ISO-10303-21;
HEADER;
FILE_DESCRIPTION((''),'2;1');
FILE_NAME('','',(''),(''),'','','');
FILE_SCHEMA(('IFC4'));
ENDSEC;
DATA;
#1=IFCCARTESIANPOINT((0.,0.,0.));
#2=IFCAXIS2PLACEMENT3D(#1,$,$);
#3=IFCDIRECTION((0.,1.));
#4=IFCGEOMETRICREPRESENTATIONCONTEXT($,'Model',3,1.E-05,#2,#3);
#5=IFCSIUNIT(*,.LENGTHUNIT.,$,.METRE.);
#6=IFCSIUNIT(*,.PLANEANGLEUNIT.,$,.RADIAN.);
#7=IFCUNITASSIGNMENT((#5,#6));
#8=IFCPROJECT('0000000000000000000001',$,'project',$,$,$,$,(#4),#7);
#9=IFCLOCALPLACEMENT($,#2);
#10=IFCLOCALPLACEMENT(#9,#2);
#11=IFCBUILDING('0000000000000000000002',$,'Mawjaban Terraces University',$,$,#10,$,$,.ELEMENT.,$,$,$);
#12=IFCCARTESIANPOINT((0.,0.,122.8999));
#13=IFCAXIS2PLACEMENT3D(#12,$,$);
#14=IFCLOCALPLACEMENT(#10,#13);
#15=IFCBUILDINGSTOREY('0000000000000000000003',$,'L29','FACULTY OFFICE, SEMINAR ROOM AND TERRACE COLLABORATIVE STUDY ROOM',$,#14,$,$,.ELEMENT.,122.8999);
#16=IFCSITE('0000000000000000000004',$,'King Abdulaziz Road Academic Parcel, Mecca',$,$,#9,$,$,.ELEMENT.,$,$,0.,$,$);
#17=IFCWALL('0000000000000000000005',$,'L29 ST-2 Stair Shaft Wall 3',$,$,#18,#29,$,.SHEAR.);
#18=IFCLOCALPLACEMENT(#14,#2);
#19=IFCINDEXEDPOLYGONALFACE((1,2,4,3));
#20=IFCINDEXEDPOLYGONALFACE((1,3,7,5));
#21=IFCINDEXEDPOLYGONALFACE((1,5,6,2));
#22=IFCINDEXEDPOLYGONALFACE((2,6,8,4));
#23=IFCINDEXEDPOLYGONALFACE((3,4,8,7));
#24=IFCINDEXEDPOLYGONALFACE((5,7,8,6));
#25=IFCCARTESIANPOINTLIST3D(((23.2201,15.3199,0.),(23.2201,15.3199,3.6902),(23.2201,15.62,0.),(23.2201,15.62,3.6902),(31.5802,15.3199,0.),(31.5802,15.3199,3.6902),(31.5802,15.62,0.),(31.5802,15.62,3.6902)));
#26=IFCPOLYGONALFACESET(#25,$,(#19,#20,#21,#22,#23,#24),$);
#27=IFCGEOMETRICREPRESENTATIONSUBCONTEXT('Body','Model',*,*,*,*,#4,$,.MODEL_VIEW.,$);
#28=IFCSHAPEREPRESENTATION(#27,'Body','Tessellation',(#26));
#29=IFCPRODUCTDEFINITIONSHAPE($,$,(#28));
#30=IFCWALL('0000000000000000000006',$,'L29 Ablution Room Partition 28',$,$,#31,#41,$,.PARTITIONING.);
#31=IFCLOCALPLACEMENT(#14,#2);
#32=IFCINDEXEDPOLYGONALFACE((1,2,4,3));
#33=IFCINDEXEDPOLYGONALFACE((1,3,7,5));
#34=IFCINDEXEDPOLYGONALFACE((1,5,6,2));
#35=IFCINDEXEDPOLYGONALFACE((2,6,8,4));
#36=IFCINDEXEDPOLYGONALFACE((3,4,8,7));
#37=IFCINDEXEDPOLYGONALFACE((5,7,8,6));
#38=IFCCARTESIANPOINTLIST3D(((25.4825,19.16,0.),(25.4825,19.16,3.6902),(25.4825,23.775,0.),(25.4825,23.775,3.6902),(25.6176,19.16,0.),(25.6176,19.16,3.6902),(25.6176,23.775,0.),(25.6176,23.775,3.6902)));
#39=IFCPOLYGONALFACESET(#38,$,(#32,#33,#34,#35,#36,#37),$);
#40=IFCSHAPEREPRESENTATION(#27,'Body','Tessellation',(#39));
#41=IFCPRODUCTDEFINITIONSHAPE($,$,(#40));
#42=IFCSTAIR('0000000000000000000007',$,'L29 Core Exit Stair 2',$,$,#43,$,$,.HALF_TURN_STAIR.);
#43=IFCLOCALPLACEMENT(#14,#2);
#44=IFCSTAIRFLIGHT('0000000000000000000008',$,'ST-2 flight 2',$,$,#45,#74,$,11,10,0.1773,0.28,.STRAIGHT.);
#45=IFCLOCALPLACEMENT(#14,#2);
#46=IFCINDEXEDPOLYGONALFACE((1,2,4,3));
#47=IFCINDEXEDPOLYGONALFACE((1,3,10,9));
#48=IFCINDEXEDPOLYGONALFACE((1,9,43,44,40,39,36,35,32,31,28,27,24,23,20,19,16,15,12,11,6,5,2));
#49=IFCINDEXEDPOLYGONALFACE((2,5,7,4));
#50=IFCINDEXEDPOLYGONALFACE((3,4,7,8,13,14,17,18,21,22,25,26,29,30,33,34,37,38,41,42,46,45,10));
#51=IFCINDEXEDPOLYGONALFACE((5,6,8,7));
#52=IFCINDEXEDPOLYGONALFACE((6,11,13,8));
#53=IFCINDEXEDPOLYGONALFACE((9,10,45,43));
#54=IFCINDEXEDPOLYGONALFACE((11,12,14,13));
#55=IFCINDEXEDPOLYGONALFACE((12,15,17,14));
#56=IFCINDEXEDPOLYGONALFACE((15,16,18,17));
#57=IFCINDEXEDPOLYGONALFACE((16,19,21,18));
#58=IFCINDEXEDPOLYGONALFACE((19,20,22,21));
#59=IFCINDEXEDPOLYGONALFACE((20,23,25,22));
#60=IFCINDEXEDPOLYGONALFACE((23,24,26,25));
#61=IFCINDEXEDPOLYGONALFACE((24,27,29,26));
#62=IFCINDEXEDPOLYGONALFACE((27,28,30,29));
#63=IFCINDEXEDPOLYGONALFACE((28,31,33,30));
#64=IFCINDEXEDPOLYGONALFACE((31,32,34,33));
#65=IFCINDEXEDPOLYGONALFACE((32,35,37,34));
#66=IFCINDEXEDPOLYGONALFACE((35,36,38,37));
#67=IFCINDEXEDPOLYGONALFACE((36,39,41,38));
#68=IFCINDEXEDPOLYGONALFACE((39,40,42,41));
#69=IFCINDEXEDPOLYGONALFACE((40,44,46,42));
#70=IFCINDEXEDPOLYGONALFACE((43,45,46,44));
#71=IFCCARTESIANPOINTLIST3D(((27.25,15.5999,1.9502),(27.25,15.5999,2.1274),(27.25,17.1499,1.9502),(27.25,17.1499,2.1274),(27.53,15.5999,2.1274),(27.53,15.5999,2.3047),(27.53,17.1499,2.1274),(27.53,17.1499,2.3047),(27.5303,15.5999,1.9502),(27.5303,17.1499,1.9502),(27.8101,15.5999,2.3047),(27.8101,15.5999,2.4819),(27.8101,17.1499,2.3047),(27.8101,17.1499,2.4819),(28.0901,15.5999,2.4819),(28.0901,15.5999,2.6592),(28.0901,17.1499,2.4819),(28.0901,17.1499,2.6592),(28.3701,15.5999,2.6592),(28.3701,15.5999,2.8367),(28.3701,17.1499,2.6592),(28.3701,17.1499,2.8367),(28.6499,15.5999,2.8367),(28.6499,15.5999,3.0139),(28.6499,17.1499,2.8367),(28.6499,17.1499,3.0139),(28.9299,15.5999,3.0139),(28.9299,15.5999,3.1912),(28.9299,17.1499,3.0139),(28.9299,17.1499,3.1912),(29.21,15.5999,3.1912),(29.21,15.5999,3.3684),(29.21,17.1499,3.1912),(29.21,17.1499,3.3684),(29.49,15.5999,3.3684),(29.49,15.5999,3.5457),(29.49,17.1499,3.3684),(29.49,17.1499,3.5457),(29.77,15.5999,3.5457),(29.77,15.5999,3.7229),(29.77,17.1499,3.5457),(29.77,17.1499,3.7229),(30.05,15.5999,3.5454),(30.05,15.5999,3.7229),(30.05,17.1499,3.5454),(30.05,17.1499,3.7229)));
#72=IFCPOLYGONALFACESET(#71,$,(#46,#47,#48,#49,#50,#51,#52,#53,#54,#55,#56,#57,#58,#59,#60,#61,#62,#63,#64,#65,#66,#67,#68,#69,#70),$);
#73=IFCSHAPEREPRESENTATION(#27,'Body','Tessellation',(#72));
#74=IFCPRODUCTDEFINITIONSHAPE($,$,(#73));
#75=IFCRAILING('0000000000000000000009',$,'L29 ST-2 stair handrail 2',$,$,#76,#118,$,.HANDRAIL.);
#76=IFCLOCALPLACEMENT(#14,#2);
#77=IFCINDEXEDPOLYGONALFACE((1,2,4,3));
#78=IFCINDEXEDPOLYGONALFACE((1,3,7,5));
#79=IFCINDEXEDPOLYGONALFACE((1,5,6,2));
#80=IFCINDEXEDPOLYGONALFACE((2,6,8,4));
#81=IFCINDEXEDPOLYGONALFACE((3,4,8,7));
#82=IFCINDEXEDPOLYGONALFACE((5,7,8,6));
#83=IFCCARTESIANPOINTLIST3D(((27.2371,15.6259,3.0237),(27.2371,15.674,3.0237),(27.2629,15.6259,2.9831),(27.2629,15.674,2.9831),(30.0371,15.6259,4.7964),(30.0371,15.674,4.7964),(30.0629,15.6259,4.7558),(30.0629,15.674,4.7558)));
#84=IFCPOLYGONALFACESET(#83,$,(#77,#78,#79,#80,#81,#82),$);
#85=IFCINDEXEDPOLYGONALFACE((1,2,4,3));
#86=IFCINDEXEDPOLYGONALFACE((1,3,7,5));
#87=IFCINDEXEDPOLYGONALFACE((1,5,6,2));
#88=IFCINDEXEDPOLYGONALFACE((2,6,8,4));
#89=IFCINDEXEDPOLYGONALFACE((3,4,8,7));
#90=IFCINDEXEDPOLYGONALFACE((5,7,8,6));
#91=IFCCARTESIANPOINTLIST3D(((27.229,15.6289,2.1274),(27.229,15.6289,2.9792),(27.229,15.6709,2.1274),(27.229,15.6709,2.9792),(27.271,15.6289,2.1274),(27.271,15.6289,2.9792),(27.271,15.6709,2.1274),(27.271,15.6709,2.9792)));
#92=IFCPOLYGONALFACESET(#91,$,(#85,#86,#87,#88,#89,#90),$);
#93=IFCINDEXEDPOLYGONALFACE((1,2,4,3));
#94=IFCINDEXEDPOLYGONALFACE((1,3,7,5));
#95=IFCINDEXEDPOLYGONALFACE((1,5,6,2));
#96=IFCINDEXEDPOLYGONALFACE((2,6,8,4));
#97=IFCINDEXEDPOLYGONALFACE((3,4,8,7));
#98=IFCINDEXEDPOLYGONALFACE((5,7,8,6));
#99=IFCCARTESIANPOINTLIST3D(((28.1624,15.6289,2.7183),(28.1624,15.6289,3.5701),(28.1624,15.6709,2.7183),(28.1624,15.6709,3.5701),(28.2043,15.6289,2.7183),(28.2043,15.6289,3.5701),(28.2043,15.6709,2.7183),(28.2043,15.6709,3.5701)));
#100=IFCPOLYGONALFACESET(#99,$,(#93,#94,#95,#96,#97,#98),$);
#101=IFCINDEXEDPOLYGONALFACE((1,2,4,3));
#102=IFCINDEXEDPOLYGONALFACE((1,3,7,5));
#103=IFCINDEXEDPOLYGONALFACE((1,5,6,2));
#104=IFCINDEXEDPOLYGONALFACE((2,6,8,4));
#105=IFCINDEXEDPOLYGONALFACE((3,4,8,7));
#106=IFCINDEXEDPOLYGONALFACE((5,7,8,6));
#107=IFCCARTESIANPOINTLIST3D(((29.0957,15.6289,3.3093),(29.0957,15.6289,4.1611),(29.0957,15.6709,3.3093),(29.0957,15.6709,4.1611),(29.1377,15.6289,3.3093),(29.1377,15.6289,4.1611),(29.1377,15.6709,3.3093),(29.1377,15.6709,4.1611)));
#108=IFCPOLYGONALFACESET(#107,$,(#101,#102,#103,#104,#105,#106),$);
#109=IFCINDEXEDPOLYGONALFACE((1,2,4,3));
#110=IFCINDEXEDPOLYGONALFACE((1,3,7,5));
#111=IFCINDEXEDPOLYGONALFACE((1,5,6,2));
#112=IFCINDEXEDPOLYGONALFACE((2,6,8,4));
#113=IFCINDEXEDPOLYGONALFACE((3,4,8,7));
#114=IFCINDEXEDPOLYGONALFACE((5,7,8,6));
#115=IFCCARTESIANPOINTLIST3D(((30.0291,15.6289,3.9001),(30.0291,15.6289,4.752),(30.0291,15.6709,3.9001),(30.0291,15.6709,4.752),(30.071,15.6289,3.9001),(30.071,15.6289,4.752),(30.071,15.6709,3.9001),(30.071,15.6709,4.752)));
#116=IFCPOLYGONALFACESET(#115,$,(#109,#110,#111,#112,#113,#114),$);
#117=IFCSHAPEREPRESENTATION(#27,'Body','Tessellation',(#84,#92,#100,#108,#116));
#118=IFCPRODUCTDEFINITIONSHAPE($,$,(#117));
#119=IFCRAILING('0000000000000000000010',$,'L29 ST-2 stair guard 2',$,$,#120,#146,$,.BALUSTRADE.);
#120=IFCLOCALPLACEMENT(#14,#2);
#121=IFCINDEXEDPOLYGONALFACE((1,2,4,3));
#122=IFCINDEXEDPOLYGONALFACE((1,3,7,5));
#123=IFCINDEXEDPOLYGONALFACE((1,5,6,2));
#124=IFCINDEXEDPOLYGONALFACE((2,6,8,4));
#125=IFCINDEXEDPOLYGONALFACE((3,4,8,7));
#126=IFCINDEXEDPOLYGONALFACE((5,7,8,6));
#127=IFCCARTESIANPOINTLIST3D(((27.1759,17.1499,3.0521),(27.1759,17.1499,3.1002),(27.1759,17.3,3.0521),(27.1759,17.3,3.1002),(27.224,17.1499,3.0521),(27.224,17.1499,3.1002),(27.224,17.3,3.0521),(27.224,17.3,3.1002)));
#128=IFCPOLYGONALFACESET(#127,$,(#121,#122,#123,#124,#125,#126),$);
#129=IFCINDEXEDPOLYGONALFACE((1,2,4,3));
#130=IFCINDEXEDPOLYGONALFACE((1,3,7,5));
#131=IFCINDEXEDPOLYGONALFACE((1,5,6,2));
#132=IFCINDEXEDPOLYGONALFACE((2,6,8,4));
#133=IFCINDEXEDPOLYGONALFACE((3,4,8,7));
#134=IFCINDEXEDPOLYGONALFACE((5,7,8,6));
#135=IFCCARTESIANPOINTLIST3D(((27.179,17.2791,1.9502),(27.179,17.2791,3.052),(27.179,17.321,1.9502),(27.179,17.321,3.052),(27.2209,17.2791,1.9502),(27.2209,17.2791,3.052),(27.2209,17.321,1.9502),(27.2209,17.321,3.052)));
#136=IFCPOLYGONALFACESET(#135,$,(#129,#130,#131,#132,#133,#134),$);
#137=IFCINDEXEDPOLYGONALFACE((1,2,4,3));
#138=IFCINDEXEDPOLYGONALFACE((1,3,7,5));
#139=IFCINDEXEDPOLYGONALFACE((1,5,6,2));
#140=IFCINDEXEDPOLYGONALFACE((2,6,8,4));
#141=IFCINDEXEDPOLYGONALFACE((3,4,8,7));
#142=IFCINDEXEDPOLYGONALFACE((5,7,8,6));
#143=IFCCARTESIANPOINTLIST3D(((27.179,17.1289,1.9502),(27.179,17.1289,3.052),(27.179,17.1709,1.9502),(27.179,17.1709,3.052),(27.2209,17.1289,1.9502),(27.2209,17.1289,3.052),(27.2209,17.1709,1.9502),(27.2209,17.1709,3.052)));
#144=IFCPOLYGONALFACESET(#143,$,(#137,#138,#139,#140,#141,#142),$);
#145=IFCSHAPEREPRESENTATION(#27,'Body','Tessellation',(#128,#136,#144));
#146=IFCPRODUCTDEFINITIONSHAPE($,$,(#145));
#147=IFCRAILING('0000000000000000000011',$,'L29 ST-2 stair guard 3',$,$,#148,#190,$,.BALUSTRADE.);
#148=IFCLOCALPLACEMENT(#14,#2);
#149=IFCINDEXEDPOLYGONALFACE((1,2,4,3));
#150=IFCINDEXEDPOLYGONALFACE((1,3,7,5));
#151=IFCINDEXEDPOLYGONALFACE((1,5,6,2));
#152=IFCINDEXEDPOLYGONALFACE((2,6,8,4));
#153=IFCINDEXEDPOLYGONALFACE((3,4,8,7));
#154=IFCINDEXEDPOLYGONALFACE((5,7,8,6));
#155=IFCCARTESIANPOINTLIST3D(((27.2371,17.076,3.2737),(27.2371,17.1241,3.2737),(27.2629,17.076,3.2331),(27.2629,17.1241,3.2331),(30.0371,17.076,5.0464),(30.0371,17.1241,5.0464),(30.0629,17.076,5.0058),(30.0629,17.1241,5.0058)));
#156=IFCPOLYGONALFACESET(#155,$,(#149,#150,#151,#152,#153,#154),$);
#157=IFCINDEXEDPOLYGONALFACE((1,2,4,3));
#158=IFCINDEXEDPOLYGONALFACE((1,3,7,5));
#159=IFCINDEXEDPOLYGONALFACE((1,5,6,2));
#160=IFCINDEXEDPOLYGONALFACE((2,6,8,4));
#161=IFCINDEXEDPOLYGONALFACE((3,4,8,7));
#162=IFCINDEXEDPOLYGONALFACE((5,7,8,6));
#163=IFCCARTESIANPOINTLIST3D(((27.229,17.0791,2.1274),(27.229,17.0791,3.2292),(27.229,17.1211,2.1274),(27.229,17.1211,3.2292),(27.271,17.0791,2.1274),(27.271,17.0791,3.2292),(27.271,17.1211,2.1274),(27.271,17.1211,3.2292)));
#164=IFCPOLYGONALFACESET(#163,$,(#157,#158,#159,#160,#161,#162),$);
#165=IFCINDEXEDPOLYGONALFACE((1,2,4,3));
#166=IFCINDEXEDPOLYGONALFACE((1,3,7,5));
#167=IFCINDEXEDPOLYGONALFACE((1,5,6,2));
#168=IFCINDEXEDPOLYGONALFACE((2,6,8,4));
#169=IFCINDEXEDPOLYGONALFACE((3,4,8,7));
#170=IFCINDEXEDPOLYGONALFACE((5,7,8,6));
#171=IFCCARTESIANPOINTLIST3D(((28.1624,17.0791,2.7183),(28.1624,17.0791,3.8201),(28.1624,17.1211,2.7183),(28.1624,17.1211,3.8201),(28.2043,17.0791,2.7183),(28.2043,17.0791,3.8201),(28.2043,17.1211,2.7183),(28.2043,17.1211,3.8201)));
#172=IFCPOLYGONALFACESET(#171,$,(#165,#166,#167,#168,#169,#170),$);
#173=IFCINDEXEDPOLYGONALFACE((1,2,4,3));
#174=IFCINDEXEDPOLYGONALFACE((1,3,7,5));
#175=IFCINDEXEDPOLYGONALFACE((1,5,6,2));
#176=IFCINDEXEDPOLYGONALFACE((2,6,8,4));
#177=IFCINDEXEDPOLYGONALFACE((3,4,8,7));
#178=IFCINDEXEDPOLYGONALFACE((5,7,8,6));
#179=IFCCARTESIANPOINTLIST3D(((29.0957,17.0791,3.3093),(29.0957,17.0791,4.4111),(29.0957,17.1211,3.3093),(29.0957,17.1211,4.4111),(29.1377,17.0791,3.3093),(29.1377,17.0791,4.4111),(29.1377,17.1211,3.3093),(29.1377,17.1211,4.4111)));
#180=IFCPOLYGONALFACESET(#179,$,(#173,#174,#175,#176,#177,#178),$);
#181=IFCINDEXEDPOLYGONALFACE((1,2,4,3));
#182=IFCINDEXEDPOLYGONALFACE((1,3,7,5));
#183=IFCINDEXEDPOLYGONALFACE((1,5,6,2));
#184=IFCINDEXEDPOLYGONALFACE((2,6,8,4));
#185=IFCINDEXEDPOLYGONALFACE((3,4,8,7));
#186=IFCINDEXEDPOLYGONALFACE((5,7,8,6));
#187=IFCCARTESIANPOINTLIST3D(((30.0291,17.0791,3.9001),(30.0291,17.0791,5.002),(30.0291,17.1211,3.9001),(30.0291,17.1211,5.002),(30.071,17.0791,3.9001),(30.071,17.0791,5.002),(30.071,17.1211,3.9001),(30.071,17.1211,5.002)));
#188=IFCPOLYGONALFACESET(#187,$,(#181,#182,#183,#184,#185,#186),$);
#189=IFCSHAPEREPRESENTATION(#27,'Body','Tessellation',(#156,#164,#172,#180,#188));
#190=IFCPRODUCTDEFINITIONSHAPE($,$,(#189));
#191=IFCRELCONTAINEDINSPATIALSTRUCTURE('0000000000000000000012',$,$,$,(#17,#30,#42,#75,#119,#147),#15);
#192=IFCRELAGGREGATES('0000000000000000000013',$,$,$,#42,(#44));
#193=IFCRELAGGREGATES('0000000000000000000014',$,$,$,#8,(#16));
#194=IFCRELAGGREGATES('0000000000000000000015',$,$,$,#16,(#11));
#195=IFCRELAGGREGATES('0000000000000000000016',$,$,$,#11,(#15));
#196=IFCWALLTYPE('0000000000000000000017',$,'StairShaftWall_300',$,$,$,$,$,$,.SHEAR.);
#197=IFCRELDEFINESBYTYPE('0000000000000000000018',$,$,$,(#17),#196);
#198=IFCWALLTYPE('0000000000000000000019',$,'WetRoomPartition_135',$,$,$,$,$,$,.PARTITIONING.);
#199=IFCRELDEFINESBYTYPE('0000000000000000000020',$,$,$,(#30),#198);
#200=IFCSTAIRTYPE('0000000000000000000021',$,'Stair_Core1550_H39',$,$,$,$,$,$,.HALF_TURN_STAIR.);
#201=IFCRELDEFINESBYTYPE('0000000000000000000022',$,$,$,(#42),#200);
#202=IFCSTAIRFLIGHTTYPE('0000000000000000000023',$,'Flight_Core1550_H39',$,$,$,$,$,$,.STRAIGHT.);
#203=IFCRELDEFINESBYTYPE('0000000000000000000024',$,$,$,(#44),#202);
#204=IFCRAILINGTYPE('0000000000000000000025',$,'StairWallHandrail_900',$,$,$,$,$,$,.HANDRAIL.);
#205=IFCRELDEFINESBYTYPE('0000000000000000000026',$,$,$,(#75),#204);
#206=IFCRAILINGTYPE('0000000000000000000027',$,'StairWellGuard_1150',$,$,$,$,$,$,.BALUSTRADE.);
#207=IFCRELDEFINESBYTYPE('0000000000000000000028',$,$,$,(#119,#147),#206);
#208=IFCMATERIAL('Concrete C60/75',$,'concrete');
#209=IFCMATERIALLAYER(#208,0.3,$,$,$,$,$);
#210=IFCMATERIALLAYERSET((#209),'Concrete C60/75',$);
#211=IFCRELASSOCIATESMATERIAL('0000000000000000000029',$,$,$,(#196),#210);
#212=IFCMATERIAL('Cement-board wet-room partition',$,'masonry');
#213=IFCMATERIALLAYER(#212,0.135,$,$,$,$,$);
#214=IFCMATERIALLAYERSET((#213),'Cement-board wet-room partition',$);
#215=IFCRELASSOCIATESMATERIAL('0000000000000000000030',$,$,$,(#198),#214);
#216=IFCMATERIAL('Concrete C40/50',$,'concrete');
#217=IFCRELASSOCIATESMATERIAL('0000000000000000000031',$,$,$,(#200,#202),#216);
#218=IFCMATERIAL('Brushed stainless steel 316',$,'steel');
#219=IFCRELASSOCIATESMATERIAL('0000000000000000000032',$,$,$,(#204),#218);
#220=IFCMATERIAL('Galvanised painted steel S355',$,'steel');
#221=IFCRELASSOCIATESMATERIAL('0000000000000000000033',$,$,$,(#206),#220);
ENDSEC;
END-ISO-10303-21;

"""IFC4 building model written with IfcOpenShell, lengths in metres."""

from ifc_helpers import new_model, si_unit, direction, frame, frame_2d, origin, origin_2d, place, context, subcontext, project, spatial, polyline, rectangle, outline, extrude, material, layer, layer_set, type_object, element, aggregate, save


model = new_model("IFC4")

# Units and contexts
model_context = context("Model", 3, precision=1e-05, world=origin(), true_north=direction((0.0, 1.0)))
body_context = subcontext(model_context, "Body", "Model", "MODEL_VIEW")
ifc_project = project(units=[si_unit("LENGTHUNIT", "METRE"), si_unit("PLANEANGLEUNIT", "RADIAN")], contexts=[model_context])

# Site, building, storey
site_placement = place(None, origin())
site = spatial("IfcSite", under=ifc_project, at=site_placement, Name="King Abdulaziz Road Academic Parcel, Mecca", CompositionType="ELEMENT", RefElevation=0.0)
building_placement = place(site_placement, origin())
building = spatial("IfcBuilding", under=site, at=building_placement, Name="Mawjaban Terraces University", CompositionType="ELEMENT")
storey_placement = place(building_placement, frame((0.0, 0.0, 122.8999)))
storey = spatial("IfcBuildingStorey", under=building, at=storey_placement, Name="L29", Description="FACULTY OFFICE, SEMINAR ROOM AND TERRACE COLLABORATIVE STUDY ROOM", CompositionType="ELEMENT", Elevation=122.8999)

# Shared definitions
ifc_material_1 = material(Name="Concrete C60/75", Category="concrete")

# Shared definitions
ifc_material_2 = material(Name="Concrete C40/50", Category="concrete")

# Walls
ifc_layer_1 = layer(ifc_material_1, 0.3)
ifc_layer_set_1 = layer_set([ifc_layer_1], Name="Concrete C60/75")
wall_type_1 = type_object("IfcWallType", Name="StairShaftWall_300", PredefinedType="SHEAR", material=ifc_layer_set_1)
wall_1_placement = place(storey_placement, frame((23.22, 15.47, 0.0), z_axis=(0.0, 0.0, 1.0), x_axis=(1.0, 0.0, 0.0)))
element("IfcWall", 1, at=wall_1_placement, inside=storey, type_object=wall_type_1, Name="L29 ST-2 Stair Shaft Wall 3", PredefinedType="SHEAR", context=body_context, shape_type="SweptSolid", body=[
    extrude(rectangle(XDim=8.3601, YDim=0.3, at=frame_2d((4.1802, 0.0))), origin(), (0.0, 0.0, 1.0), 3.6902),
])
ifc_material_3 = material(Name="Cement-board wet-room partition", Category="masonry")
ifc_layer_2 = layer(ifc_material_3, 0.135)
ifc_layer_set_2 = layer_set([ifc_layer_2], Name="Cement-board wet-room partition")
wall_type_2 = type_object("IfcWallType", Name="WetRoomPartition_135", PredefinedType="PARTITIONING", material=ifc_layer_set_2)
wall_2_placement = place(storey_placement, frame((25.55, 19.1599, 0.0), z_axis=(0.0, 0.0, 1.0), x_axis=(0.0, 1.0, 0.0)))
element("IfcWall", 2, at=wall_2_placement, inside=storey, type_object=wall_type_2, Name="L29 Ablution Room Partition 28", PredefinedType="PARTITIONING", context=body_context, shape_type="SweptSolid", body=[
    extrude(rectangle(XDim=4.615, YDim=0.135, at=frame_2d((2.3076, 0.0))), origin(), (0.0, 0.0, 1.0), 3.6902),
])

# Stair, stair flight
stair_type = type_object("IfcStairType", Name="Stair_Core1550_H39", PredefinedType="HALF_TURN_STAIR", material=ifc_material_2)
stair_placement = place(storey_placement, origin())
stair = element("IfcStair", 3, at=stair_placement, inside=storey, type_object=stair_type, Name="L29 Core Exit Stair 2", PredefinedType="HALF_TURN_STAIR")
stair_flight_type = type_object("IfcStairFlightType", Name="Flight_Core1550_H39", PredefinedType="STRAIGHT", material=ifc_material_2)
stair_flight_placement = place(storey_placement, frame((27.25, 16.375, 1.9502), z_axis=(0.0, 0.0, 1.0), x_axis=(1.0, 0.0, 0.0)))
stair_flight = element("IfcStairFlight", 4, at=stair_flight_placement, type_object=stair_flight_type, Name="ST-2 flight 2", NumberOfRisers=11, NumberOfTreads=10, PredefinedType="STRAIGHT", RiserHeight=0.1773, TreadLength=0.28, context=body_context, shape_type="SweptSolid", body=[
    extrude(outline(polyline([(0.0, 0.0), (0.0, 0.1772), (0.28, 0.1772), (0.28, 0.3545), (0.5601, 0.3545), (0.5601, 0.5317), (0.8401, 0.5317), (0.8401, 0.709), (1.1201, 0.709), (1.1201, 0.8865), (1.3999, 0.8865), (1.3999, 1.0637), (1.6799, 1.0637), (1.6799, 1.241), (1.96, 1.241), (1.96, 1.4182), (2.24, 1.4182), (2.24, 1.5955), (2.52, 1.5955), (2.52, 1.7727), (2.8, 1.7727), (2.8, 1.95), (2.8, 1.5952), (0.2803, 0.0), (0.0, 0.0)])), frame((0.0, 0.7749, 0.0), z_axis=(0.0, -1.0, 0.0), x_axis=(1.0, 0.0, 0.0)), (0.0, 0.0, 1.0), 1.55),
])
aggregate(stair, [stair_flight])

# Railings
ifc_material_4 = material(Name="Brushed stainless steel 316", Category="steel")
railing_type_1 = type_object("IfcRailingType", Name="StairWallHandrail_900", PredefinedType="HANDRAIL", material=ifc_material_4)
railing_1_placement = place(storey_placement, frame((27.25, 15.6499, 2.1274)))
element("IfcRailing", 5, at=railing_1_placement, inside=storey, type_object=railing_type_1, Name="L29 ST-2 stair handrail 2", PredefinedType="HANDRAIL", context=body_context, shape_type="SweptSolid", body=[
    extrude(rectangle(XDim=0.0481, YDim=0.0481, at=origin_2d()), frame((0.0, 0.0, 0.876), z_axis=(0.844909, 0.0, 0.53491), x_axis=(0.0, 1.0, 0.0)), (0.0, 0.0, 1.0), 3.314),
    extrude(rectangle(XDim=0.042, YDim=0.042, at=origin_2d()), origin(), (0.0, 0.0, 1.0), 0.8518),
    extrude(rectangle(XDim=0.042, YDim=0.042, at=origin_2d()), frame((0.9333, 0.0, 0.5908)), (0.0, 0.0, 1.0), 0.8518),
    extrude(rectangle(XDim=0.042, YDim=0.042, at=origin_2d()), frame((1.8667, 0.0, 1.1819)), (0.0, 0.0, 1.0), 0.8518),
    extrude(rectangle(XDim=0.042, YDim=0.042, at=origin_2d()), frame((2.8, 0.0, 1.7727)), (0.0, 0.0, 1.0), 0.8518),
])
ifc_material_5 = material(Name="Galvanised painted steel S355", Category="steel")
railing_type_2 = type_object("IfcRailingType", Name="StairWellGuard_1150", PredefinedType="BALUSTRADE", material=ifc_material_5)
railing_2_placement = place(storey_placement, frame((27.2, 17.3, 1.9502)))
element("IfcRailing", 6, at=railing_2_placement, inside=storey, type_object=railing_type_2, Name="L29 ST-2 stair guard 2", PredefinedType="BALUSTRADE", context=body_context, shape_type="SweptSolid", body=[
    extrude(rectangle(XDim=0.0481, YDim=0.0481, at=origin_2d()), frame((0.0, 0.0, 1.126), z_axis=(0.0, -1.0, 0.0), x_axis=(1.0, 0.0, 0.0)), (0.0, 0.0, 1.0), 0.1501),
    extrude(rectangle(XDim=0.042, YDim=0.042, at=origin_2d()), origin(), (0.0, 0.0, 1.0), 1.1018),
    extrude(rectangle(XDim=0.042, YDim=0.042, at=origin_2d()), frame((0.0, -0.1501, 0.0)), (0.0, 0.0, 1.0), 1.1018),
])
railing_3_placement = place(storey_placement, frame((27.25, 17.1001, 2.1274)))
element("IfcRailing", 7, at=railing_3_placement, inside=storey, type_object=railing_type_2, Name="L29 ST-2 stair guard 3", PredefinedType="BALUSTRADE", context=body_context, shape_type="SweptSolid", body=[
    extrude(rectangle(XDim=0.0481, YDim=0.0481, at=origin_2d()), frame((0.0, 0.0, 1.126), z_axis=(0.844909, 0.0, 0.53491), x_axis=(0.0, 1.0, 0.0)), (0.0, 0.0, 1.0), 3.314),
    extrude(rectangle(XDim=0.042, YDim=0.042, at=origin_2d()), origin(), (0.0, 0.0, 1.0), 1.1018),
    extrude(rectangle(XDim=0.042, YDim=0.042, at=origin_2d()), frame((0.9333, 0.0, 0.5908)), (0.0, 0.0, 1.0), 1.1018),
    extrude(rectangle(XDim=0.042, YDim=0.042, at=origin_2d()), frame((1.8667, 0.0, 1.1819)), (0.0, 0.0, 1.0), 1.1018),
    extrude(rectangle(XDim=0.042, YDim=0.042, at=origin_2d()), frame((2.8, 0.0, 1.7727)), (0.0, 0.0, 1.0), 1.1018),
])

save(model, "model.ifc")
